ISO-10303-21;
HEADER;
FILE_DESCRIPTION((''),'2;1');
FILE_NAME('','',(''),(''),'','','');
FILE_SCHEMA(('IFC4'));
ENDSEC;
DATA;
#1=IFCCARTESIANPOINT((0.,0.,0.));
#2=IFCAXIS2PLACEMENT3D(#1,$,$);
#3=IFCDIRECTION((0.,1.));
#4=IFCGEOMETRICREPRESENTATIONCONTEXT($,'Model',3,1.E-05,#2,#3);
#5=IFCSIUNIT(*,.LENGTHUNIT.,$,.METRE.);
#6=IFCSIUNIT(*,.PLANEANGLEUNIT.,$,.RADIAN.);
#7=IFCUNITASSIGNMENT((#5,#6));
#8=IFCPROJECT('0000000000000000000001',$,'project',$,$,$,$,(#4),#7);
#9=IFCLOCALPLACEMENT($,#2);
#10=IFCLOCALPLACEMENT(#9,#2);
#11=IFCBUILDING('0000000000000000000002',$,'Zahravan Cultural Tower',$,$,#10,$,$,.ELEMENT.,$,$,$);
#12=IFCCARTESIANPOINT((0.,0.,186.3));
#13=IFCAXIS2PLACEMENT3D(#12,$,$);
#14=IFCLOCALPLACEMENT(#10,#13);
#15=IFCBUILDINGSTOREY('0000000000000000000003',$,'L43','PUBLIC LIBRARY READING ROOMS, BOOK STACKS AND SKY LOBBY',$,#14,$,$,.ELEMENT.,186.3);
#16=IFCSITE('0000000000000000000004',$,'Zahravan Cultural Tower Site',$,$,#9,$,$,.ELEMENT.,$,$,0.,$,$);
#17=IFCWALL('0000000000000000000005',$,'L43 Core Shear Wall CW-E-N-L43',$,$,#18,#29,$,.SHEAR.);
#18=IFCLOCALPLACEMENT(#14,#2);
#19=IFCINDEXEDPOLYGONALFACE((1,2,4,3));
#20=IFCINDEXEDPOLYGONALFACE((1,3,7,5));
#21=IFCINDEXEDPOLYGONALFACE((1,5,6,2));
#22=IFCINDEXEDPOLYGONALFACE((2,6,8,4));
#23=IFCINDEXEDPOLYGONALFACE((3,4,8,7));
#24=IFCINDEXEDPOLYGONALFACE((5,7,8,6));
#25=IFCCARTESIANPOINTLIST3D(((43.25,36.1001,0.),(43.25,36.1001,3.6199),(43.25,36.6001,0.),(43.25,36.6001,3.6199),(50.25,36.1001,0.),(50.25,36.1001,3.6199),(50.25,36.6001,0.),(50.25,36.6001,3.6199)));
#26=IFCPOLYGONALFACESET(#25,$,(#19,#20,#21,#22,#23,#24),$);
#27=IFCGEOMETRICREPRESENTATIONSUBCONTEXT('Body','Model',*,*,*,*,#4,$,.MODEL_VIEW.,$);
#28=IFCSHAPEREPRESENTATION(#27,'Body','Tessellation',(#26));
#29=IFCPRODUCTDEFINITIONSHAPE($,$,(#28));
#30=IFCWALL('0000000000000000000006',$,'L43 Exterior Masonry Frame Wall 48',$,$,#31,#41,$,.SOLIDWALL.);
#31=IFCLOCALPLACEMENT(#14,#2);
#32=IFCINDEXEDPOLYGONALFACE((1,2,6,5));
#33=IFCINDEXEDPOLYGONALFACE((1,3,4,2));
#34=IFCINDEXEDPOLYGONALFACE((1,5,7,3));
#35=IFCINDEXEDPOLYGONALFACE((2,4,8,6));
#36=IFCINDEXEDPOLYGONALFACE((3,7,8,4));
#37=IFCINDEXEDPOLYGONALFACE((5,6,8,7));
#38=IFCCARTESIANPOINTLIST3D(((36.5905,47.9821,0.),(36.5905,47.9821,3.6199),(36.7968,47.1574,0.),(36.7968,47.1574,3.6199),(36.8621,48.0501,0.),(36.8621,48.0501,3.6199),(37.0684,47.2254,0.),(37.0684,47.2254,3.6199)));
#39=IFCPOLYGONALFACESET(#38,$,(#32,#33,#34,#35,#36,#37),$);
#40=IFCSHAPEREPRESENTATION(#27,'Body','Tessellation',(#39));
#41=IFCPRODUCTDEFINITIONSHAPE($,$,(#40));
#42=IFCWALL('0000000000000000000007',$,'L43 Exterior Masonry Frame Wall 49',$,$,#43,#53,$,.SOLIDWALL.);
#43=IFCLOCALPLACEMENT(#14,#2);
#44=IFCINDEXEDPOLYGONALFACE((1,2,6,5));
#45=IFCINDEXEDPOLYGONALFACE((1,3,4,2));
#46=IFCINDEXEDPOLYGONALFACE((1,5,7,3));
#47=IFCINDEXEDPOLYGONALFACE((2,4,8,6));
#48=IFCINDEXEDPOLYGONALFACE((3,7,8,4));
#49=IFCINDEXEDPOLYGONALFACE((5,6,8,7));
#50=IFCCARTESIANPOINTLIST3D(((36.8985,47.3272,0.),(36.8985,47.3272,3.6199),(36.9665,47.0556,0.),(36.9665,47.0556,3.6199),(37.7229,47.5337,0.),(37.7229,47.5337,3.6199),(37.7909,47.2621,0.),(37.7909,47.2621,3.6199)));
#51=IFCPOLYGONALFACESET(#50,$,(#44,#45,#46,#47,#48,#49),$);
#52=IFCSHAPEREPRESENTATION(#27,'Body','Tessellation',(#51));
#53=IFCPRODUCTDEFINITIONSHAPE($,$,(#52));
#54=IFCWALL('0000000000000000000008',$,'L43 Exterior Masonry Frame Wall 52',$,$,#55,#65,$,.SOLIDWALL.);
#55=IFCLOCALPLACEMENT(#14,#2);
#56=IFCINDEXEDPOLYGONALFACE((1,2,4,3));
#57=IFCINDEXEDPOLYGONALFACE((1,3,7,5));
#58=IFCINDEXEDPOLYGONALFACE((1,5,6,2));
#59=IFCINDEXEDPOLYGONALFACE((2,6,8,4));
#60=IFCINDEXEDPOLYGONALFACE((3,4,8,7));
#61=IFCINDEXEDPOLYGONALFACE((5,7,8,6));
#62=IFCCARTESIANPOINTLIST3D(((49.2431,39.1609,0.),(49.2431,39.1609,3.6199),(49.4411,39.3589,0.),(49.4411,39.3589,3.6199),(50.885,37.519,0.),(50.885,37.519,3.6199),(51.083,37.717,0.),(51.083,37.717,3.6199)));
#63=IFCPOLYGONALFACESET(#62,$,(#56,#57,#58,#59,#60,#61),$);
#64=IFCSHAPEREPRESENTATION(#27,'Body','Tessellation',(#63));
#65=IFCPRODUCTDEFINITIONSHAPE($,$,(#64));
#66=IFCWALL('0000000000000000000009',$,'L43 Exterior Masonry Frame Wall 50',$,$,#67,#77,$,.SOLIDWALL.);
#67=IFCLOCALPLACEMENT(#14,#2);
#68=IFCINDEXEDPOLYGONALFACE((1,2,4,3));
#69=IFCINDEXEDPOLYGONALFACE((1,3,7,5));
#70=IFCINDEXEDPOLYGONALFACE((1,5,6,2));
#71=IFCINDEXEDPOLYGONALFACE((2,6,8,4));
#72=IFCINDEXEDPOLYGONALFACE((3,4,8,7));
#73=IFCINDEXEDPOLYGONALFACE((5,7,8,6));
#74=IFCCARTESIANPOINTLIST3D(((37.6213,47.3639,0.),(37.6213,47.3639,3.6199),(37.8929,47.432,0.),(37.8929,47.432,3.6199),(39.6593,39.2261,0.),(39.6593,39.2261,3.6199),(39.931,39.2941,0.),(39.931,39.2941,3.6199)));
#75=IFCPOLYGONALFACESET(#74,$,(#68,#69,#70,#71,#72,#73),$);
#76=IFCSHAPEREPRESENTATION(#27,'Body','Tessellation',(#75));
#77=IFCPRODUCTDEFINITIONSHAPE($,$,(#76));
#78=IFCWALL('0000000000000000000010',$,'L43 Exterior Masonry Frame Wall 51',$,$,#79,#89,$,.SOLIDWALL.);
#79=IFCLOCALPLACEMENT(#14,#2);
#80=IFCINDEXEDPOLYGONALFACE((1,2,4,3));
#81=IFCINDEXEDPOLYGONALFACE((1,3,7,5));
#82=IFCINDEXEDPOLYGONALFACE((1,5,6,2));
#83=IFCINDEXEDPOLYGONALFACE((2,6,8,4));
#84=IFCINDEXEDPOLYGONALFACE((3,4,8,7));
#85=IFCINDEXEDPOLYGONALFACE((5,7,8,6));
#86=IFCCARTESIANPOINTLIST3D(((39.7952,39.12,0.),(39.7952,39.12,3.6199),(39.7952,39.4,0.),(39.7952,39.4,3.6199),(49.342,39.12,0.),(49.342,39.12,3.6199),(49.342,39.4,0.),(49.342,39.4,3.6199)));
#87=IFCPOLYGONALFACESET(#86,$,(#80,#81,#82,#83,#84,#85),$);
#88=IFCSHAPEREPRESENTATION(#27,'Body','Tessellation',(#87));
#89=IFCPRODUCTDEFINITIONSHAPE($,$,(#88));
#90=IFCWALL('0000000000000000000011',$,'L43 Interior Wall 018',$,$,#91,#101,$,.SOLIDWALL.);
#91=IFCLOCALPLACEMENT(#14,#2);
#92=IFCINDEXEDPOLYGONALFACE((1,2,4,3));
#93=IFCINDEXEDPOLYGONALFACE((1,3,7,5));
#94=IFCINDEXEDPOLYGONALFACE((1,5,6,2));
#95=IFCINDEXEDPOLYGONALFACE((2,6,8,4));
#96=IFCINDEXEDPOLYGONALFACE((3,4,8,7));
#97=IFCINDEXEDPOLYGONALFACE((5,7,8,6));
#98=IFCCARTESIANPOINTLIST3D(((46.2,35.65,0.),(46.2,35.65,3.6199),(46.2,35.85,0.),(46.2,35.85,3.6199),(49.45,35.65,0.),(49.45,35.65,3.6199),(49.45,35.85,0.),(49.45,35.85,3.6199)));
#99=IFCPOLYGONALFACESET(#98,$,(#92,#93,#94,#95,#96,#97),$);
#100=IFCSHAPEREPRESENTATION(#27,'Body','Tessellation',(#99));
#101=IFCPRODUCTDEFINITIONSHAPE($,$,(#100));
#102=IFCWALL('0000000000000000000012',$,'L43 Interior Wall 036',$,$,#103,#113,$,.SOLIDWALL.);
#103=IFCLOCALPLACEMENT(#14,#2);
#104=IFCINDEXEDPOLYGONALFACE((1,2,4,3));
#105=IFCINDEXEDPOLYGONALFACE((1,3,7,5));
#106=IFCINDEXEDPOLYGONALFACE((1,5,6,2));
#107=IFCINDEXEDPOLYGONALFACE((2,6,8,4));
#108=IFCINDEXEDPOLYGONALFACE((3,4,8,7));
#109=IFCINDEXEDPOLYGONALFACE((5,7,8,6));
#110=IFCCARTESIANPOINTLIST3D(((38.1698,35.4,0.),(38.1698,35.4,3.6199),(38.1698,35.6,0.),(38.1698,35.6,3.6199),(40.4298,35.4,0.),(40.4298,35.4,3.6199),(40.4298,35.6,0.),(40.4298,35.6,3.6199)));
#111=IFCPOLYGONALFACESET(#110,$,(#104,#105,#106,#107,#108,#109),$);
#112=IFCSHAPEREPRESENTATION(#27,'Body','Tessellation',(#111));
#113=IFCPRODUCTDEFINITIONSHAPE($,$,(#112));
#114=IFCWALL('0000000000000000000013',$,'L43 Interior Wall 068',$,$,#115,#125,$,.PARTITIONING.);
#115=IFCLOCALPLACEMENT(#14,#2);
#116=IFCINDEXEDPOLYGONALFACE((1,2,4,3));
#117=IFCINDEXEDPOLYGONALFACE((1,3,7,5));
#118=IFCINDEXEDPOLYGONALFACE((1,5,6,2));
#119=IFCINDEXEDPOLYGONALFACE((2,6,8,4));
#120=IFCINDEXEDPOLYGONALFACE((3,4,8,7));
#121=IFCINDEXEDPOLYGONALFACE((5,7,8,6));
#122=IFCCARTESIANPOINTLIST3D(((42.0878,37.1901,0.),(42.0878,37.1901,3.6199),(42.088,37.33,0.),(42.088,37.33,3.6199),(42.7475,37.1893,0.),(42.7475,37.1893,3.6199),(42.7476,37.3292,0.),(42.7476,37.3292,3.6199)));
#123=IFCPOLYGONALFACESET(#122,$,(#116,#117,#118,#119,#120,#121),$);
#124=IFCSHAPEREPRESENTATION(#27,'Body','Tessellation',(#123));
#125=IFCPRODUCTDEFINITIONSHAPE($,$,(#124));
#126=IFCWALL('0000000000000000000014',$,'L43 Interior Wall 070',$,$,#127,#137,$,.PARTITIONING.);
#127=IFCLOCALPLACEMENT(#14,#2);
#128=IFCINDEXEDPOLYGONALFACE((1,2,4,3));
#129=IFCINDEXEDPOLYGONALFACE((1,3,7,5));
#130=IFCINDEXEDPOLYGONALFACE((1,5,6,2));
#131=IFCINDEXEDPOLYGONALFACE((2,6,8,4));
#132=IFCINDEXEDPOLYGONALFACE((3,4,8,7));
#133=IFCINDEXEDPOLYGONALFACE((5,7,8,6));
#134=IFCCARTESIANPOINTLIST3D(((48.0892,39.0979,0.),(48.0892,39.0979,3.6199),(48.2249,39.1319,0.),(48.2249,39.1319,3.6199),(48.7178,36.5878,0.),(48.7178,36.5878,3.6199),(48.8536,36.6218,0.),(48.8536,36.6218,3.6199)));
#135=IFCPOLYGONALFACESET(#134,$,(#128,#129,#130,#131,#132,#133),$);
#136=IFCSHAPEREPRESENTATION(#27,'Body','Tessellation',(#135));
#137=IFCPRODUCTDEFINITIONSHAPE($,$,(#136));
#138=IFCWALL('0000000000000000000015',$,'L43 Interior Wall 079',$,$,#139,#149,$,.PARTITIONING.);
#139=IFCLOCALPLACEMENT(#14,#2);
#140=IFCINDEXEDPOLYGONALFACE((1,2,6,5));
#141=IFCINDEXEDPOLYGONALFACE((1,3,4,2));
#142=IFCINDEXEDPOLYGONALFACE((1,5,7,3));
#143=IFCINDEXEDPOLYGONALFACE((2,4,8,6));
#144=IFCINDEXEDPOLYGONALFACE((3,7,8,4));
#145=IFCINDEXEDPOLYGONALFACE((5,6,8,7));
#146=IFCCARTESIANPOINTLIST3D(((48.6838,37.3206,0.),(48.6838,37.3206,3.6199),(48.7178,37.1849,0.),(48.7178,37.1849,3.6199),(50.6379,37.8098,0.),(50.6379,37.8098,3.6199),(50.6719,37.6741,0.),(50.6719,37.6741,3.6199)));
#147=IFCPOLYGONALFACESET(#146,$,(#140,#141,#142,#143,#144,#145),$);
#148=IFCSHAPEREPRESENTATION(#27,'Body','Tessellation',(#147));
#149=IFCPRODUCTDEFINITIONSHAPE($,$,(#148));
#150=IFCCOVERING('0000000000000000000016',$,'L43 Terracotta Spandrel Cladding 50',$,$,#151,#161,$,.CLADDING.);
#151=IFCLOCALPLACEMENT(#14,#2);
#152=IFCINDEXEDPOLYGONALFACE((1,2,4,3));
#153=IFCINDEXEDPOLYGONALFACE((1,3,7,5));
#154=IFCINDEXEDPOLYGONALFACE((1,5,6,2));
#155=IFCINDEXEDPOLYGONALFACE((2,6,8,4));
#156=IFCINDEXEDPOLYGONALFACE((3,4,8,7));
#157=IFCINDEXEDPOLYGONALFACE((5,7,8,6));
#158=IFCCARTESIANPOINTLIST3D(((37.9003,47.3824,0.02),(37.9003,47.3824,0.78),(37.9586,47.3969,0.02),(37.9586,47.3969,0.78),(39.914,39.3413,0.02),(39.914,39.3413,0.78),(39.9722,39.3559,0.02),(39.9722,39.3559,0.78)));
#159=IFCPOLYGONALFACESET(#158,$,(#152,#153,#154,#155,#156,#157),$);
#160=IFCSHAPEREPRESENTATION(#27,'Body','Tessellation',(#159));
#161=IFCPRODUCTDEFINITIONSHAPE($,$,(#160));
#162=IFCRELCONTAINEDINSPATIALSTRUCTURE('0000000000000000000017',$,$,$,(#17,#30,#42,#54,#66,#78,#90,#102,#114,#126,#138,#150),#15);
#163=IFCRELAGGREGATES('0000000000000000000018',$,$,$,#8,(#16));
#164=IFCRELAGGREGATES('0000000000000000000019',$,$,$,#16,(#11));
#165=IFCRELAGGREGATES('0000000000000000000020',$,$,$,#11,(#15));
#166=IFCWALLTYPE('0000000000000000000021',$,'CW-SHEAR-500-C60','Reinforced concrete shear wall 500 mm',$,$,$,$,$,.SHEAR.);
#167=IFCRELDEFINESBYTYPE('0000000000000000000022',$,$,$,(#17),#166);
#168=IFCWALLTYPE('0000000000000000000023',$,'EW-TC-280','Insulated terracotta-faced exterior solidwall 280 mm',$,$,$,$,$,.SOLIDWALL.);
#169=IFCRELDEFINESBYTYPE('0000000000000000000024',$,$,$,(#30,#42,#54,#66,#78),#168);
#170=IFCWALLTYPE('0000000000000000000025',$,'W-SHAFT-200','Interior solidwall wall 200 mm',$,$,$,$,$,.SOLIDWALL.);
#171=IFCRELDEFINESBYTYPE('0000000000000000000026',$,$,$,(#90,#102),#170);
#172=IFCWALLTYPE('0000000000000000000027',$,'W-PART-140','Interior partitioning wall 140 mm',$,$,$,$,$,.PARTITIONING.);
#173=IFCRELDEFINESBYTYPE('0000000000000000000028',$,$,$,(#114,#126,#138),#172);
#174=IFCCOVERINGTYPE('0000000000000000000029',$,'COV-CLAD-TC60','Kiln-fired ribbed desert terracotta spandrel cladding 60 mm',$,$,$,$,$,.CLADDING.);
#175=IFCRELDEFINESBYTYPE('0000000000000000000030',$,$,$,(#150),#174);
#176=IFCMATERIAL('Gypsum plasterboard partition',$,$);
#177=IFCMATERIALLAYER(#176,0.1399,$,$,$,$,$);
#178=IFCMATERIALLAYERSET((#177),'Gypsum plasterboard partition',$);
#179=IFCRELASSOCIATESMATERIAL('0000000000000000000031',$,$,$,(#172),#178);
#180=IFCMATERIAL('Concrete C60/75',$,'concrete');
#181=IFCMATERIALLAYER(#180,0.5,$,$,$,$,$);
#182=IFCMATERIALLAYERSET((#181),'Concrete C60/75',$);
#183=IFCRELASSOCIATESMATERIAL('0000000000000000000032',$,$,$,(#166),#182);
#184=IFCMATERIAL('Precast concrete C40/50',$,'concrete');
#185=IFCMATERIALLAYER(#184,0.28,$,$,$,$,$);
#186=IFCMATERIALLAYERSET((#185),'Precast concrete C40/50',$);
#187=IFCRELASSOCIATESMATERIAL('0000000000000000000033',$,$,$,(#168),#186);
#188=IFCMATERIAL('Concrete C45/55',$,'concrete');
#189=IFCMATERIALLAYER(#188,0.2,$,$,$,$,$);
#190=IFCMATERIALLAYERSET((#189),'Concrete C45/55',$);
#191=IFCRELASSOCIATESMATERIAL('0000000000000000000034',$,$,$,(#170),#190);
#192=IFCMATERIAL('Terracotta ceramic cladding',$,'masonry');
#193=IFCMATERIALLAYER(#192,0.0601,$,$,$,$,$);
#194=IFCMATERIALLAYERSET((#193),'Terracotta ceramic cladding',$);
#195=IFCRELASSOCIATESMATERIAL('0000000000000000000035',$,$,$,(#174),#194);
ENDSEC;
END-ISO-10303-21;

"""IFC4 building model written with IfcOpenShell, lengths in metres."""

from ifc_helpers import new_model, si_unit, direction, frame, frame_2d, origin, origin_2d, place, context, subcontext, project, spatial, rectangle, extrude, source, transform, mapped, material, layer, layer_set, type_object, element, save


model = new_model("IFC4")

# Units and contexts
model_context = context("Model", 3, precision=1e-05, world=origin(), true_north=direction((0.0, 1.0)))
body_context = subcontext(model_context, "Body", "Model", "MODEL_VIEW")
ifc_project = project(units=[si_unit("LENGTHUNIT", "METRE"), si_unit("PLANEANGLEUNIT", "RADIAN")], contexts=[model_context])

# Site, building, storey
site_placement = place(None, origin())
site = spatial("IfcSite", under=ifc_project, at=site_placement, Name="Zahravan Cultural Tower Site", CompositionType="ELEMENT", RefElevation=0.0)
building_placement = place(site_placement, origin())
building = spatial("IfcBuilding", under=site, at=building_placement, Name="Zahravan Cultural Tower", CompositionType="ELEMENT")
storey_placement = place(building_placement, frame((0.0, 0.0, 186.3)))
storey = spatial("IfcBuildingStorey", under=building, at=storey_placement, Name="L43", Description="PUBLIC LIBRARY READING ROOMS, BOOK STACKS AND SKY LOBBY", CompositionType="ELEMENT", Elevation=186.3)

# Shared definitions
ifc_material_1 = material(Name="Gypsum plasterboard partition")
ifc_layer_1 = layer(ifc_material_1, 0.1399)
ifc_layer_set_1 = layer_set([ifc_layer_1], Name="Gypsum plasterboard partition")
wall_type_1 = type_object("IfcWallType", Name="W-PART-140", Description="Interior partitioning wall 140 mm", PredefinedType="PARTITIONING", material=ifc_layer_set_1)

# Walls
ifc_material_2 = material(Name="Concrete C60/75", Category="concrete")
ifc_layer_2 = layer(ifc_material_2, 0.5)
ifc_layer_set_2 = layer_set([ifc_layer_2], Name="Concrete C60/75")
wall_type_2 = type_object("IfcWallType", Name="CW-SHEAR-500-C60", Description="Reinforced concrete shear wall 500 mm", PredefinedType="SHEAR", material=ifc_layer_set_2)
shared_shape_1 = source(origin(), body_context, "Body", "SweptSolid", [
    extrude(rectangle(XDim=7.0, YDim=0.5, at=frame_2d((3.5, 0.0))), origin(), (0.0, 0.0, 1.0), 3.6199),
])
wall_1_placement = place(storey_placement, frame((43.25, 36.3501, 0.0), z_axis=(0.0, 0.0, 1.0), x_axis=(1.0, 0.0, 0.0)))
element("IfcWall", 1, at=wall_1_placement, inside=storey, type_object=wall_type_2, Name="L43 Core Shear Wall CW-E-N-L43", PredefinedType="SHEAR", context=body_context, shape_type="MappedRepresentation", body=[
    mapped(shared_shape_1, transform((0.0, 0.0, 0.0), x_axis=(1.0, 0.0, 0.0), y_axis=(0.0, 1.0, 0.0), z_axis=(0.0, 0.0, 1.0), scale=1.0)),
])
ifc_material_3 = material(Name="Precast concrete C40/50", Category="concrete")
ifc_layer_3 = layer(ifc_material_3, 0.28)
ifc_layer_set_3 = layer_set([ifc_layer_3], Name="Precast concrete C40/50")
wall_type_3 = type_object("IfcWallType", Name="EW-TC-280", Description="Insulated terracotta-faced exterior solidwall 280 mm", PredefinedType="SOLIDWALL", material=ifc_layer_set_3)
shared_shape_2 = source(origin(), body_context, "Body", "SweptSolid", [
    extrude(rectangle(XDim=0.8501, YDim=0.28, at=frame_2d((0.425, 0.0))), origin(), (0.0, 0.0, 1.0), 3.6199),
])
wall_2_placement = place(storey_placement, frame((36.7263, 48.0161, 0.0), z_axis=(0.0, 0.0, 1.0), x_axis=(0.242671, -0.970109, 0.0)))
element("IfcWall", 2, at=wall_2_placement, inside=storey, type_object=wall_type_3, Name="L43 Exterior Masonry Frame Wall 48", PredefinedType="SOLIDWALL", context=body_context, shape_type="MappedRepresentation", body=[
    mapped(shared_shape_2, transform((0.0, 0.0, 0.0), x_axis=(1.0, 0.0, 0.0), y_axis=(0.0, 1.0, 0.0), z_axis=(0.0, 0.0, 1.0), scale=1.0)),
])
shared_shape_3 = source(origin(), body_context, "Body", "SweptSolid", [
    extrude(rectangle(XDim=0.8499, YDim=0.28, at=frame_2d((0.4248, 0.0))), origin(), (0.0, 0.0, 1.0), 3.6199),
])
wall_3_placement = place(storey_placement, frame((36.9326, 47.1914, 0.0), z_axis=(0.0, 0.0, 1.0), x_axis=(0.970024, 0.243009, 0.0)))
element("IfcWall", 3, at=wall_3_placement, inside=storey, type_object=wall_type_3, Name="L43 Exterior Masonry Frame Wall 49", PredefinedType="SOLIDWALL", context=body_context, shape_type="MappedRepresentation", body=[
    mapped(shared_shape_3, transform((0.0, 0.0, 0.0), x_axis=(1.0, 0.0, 0.0), y_axis=(0.0, 1.0, 0.0), z_axis=(0.0, 0.0, 1.0), scale=1.0)),
])
shared_shape_4 = source(origin(), body_context, "Body", "SweptSolid", [
    extrude(rectangle(XDim=2.322, YDim=0.28, at=frame_2d((1.1611, 0.0))), origin(), (0.0, 0.0, 1.0), 3.6199),
])
wall_4_placement = place(storey_placement, frame((49.342, 39.26, 0.0), z_axis=(0.0, 0.0, 1.0), x_axis=(0.707107, -0.707107, 0.0)))
element("IfcWall", 4, at=wall_4_placement, inside=storey, type_object=wall_type_3, Name="L43 Exterior Masonry Frame Wall 52", PredefinedType="SOLIDWALL", context=body_context, shape_type="MappedRepresentation", body=[
    mapped(shared_shape_4, transform((0.0, 0.0, 0.0), x_axis=(1.0, 0.0, 0.0), y_axis=(0.0, 1.0, 0.0), z_axis=(0.0, 0.0, 1.0), scale=1.0)),
])
shared_shape_5 = source(origin(), body_context, "Body", "SweptSolid", [
    extrude(rectangle(XDim=8.3892, YDim=0.28, at=frame_2d((4.1946, 0.0))), origin(), (0.0, 0.0, 1.0), 3.6199),
])
wall_5_placement = place(storey_placement, frame((37.7571, 47.3979, 0.0), z_axis=(0.0, 0.0, 1.0), x_axis=(0.24294, -0.970041, 0.0)))
element("IfcWall", 5, at=wall_5_placement, inside=storey, type_object=wall_type_3, Name="L43 Exterior Masonry Frame Wall 50", PredefinedType="SOLIDWALL", context=body_context, shape_type="MappedRepresentation", body=[
    mapped(shared_shape_5, transform((0.0, 0.0, 0.0), x_axis=(1.0, 0.0, 0.0), y_axis=(0.0, 1.0, 0.0), z_axis=(0.0, 0.0, 1.0), scale=1.0)),
])
shared_shape_6 = source(origin(), body_context, "Body", "SweptSolid", [
    extrude(rectangle(XDim=9.5469, YDim=0.28, at=frame_2d((4.7734, 0.0))), origin(), (0.0, 0.0, 1.0), 3.6199),
])
wall_6_placement = place(storey_placement, frame((39.7952, 39.26, 0.0), z_axis=(0.0, 0.0, 1.0), x_axis=(1.0, 0.0, 0.0)))
element("IfcWall", 6, at=wall_6_placement, inside=storey, type_object=wall_type_3, Name="L43 Exterior Masonry Frame Wall 51", PredefinedType="SOLIDWALL", context=body_context, shape_type="MappedRepresentation", body=[
    mapped(shared_shape_6, transform((0.0, 0.0, 0.0), x_axis=(1.0, 0.0, 0.0), y_axis=(0.0, 1.0, 0.0), z_axis=(0.0, 0.0, 1.0), scale=1.0)),
])
ifc_material_4 = material(Name="Concrete C45/55", Category="concrete")
ifc_layer_4 = layer(ifc_material_4, 0.2)
ifc_layer_set_4 = layer_set([ifc_layer_4], Name="Concrete C45/55")
wall_type_4 = type_object("IfcWallType", Name="W-SHAFT-200", Description="Interior solidwall wall 200 mm", PredefinedType="SOLIDWALL", material=ifc_layer_set_4)
shared_shape_7 = source(origin(), body_context, "Body", "SweptSolid", [
    extrude(rectangle(XDim=3.25, YDim=0.2, at=frame_2d((1.625, 0.0))), origin(), (0.0, 0.0, 1.0), 3.6199),
])
wall_7_placement = place(storey_placement, frame((46.2, 35.75, 0.0), z_axis=(0.0, 0.0, 1.0), x_axis=(1.0, 0.0, 0.0)))
element("IfcWall", 7, at=wall_7_placement, inside=storey, type_object=wall_type_4, Name="L43 Interior Wall 018", PredefinedType="SOLIDWALL", context=body_context, shape_type="MappedRepresentation", body=[
    mapped(shared_shape_7, transform((0.0, 0.0, 0.0), x_axis=(1.0, 0.0, 0.0), y_axis=(0.0, 1.0, 0.0), z_axis=(0.0, 0.0, 1.0), scale=1.0)),
])
shared_shape_8 = source(origin(), body_context, "Body", "SweptSolid", [
    extrude(rectangle(XDim=2.26, YDim=0.2, at=frame_2d((1.1299, 0.0))), origin(), (0.0, 0.0, 1.0), 3.6199),
])
wall_8_placement = place(storey_placement, frame((38.1699, 35.5, 0.0), z_axis=(0.0, 0.0, 1.0), x_axis=(1.0, 0.0, 0.0)))
element("IfcWall", 8, at=wall_8_placement, inside=storey, type_object=wall_type_4, Name="L43 Interior Wall 036", PredefinedType="SOLIDWALL", context=body_context, shape_type="MappedRepresentation", body=[
    mapped(shared_shape_8, transform((0.0, 0.0, 0.0), x_axis=(1.0, 0.0, 0.0), y_axis=(0.0, 1.0, 0.0), z_axis=(0.0, 0.0, 1.0), scale=1.0)),
])
shared_shape_9 = source(origin(), body_context, "Body", "SweptSolid", [
    extrude(rectangle(XDim=0.6597, YDim=0.1399, at=frame_2d((0.3298, 0.0))), origin(), (0.0, 0.0, 1.0), 3.6199),
])
wall_9_placement = place(storey_placement, frame((42.7476, 37.2593, 0.0), z_axis=(0.0, 0.0, 1.0), x_axis=(-0.999999, 0.00111, 0.0)))
element("IfcWall", 9, at=wall_9_placement, inside=storey, type_object=wall_type_1, Name="L43 Interior Wall 068", PredefinedType="PARTITIONING", context=body_context, shape_type="MappedRepresentation", body=[
    mapped(shared_shape_9, transform((0.0, 0.0, 0.0), x_axis=(1.0, 0.0, 0.0), y_axis=(0.0, 1.0, 0.0), z_axis=(0.0, 0.0, 1.0), scale=1.0)),
])
shared_shape_10 = source(origin(), body_context, "Body", "SweptSolid", [
    extrude(rectangle(XDim=2.5876, YDim=0.1399, at=frame_2d((1.2939, 0.0))), origin(), (0.0, 0.0, 1.0), 3.6199),
])
wall_10_placement = place(storey_placement, frame((48.157, 39.115, 0.0), z_axis=(0.0, 0.0, 1.0), x_axis=(0.242957, -0.970037, 0.0)))
element("IfcWall", 10, at=wall_10_placement, inside=storey, type_object=wall_type_1, Name="L43 Interior Wall 070", PredefinedType="PARTITIONING", context=body_context, shape_type="MappedRepresentation", body=[
    mapped(shared_shape_10, transform((0.0, 0.0, 0.0), x_axis=(1.0, 0.0, 0.0), y_axis=(0.0, 1.0, 0.0), z_axis=(0.0, 0.0, 1.0), scale=1.0)),
])
shared_shape_11 = source(origin(), body_context, "Body", "SweptSolid", [
    extrude(rectangle(XDim=2.0144, YDim=0.1399, at=frame_2d((1.0073, 0.0))), origin(), (0.0, 0.0, 1.0), 3.6199),
])
wall_11_placement = place(storey_placement, frame((48.7007, 37.2527, 0.0), z_axis=(0.0, 0.0, 1.0), x_axis=(0.970057, 0.242878, 0.0)))
element("IfcWall", 11, at=wall_11_placement, inside=storey, type_object=wall_type_1, Name="L43 Interior Wall 079", PredefinedType="PARTITIONING", context=body_context, shape_type="MappedRepresentation", body=[
    mapped(shared_shape_11, transform((0.0, 0.0, 0.0), x_axis=(1.0, 0.0, 0.0), y_axis=(0.0, 1.0, 0.0), z_axis=(0.0, 0.0, 1.0), scale=1.0)),
])

# Covering
ifc_material_5 = material(Name="Terracotta ceramic cladding", Category="masonry")
ifc_layer_5 = layer(ifc_material_5, 0.0601)
ifc_layer_set_5 = layer_set([ifc_layer_5], Name="Terracotta ceramic cladding")
covering_type = type_object("IfcCoveringType", Name="COV-CLAD-TC60", Description="Kiln-fired ribbed desert terracotta spandrel cladding 60 mm", PredefinedType="CLADDING", material=ifc_layer_set_5)
shared_shape_12 = source(origin(), body_context, "Body", "SweptSolid", [
    extrude(rectangle(XDim=8.2893, YDim=0.0601, at=origin_2d()), origin(), (0.0, 0.0, 1.0), 0.76),
])
covering_1_placement = place(storey_placement, frame((38.9363, 43.3691, 0.02), z_axis=(0.0, 0.0, 1.0), x_axis=(0.242921, -0.970046, 0.0)))
element("IfcCovering", 12, at=covering_1_placement, inside=storey, type_object=covering_type, Name="L43 Terracotta Spandrel Cladding 50", PredefinedType="CLADDING", context=body_context, shape_type="MappedRepresentation", body=[
    mapped(shared_shape_12, transform((0.0, 0.0, 0.0), x_axis=(1.0, 0.0, 0.0), y_axis=(0.0, 1.0, 0.0), z_axis=(0.0, 0.0, 1.0), scale=1.0)),
])

save(model, "model.ifc")
